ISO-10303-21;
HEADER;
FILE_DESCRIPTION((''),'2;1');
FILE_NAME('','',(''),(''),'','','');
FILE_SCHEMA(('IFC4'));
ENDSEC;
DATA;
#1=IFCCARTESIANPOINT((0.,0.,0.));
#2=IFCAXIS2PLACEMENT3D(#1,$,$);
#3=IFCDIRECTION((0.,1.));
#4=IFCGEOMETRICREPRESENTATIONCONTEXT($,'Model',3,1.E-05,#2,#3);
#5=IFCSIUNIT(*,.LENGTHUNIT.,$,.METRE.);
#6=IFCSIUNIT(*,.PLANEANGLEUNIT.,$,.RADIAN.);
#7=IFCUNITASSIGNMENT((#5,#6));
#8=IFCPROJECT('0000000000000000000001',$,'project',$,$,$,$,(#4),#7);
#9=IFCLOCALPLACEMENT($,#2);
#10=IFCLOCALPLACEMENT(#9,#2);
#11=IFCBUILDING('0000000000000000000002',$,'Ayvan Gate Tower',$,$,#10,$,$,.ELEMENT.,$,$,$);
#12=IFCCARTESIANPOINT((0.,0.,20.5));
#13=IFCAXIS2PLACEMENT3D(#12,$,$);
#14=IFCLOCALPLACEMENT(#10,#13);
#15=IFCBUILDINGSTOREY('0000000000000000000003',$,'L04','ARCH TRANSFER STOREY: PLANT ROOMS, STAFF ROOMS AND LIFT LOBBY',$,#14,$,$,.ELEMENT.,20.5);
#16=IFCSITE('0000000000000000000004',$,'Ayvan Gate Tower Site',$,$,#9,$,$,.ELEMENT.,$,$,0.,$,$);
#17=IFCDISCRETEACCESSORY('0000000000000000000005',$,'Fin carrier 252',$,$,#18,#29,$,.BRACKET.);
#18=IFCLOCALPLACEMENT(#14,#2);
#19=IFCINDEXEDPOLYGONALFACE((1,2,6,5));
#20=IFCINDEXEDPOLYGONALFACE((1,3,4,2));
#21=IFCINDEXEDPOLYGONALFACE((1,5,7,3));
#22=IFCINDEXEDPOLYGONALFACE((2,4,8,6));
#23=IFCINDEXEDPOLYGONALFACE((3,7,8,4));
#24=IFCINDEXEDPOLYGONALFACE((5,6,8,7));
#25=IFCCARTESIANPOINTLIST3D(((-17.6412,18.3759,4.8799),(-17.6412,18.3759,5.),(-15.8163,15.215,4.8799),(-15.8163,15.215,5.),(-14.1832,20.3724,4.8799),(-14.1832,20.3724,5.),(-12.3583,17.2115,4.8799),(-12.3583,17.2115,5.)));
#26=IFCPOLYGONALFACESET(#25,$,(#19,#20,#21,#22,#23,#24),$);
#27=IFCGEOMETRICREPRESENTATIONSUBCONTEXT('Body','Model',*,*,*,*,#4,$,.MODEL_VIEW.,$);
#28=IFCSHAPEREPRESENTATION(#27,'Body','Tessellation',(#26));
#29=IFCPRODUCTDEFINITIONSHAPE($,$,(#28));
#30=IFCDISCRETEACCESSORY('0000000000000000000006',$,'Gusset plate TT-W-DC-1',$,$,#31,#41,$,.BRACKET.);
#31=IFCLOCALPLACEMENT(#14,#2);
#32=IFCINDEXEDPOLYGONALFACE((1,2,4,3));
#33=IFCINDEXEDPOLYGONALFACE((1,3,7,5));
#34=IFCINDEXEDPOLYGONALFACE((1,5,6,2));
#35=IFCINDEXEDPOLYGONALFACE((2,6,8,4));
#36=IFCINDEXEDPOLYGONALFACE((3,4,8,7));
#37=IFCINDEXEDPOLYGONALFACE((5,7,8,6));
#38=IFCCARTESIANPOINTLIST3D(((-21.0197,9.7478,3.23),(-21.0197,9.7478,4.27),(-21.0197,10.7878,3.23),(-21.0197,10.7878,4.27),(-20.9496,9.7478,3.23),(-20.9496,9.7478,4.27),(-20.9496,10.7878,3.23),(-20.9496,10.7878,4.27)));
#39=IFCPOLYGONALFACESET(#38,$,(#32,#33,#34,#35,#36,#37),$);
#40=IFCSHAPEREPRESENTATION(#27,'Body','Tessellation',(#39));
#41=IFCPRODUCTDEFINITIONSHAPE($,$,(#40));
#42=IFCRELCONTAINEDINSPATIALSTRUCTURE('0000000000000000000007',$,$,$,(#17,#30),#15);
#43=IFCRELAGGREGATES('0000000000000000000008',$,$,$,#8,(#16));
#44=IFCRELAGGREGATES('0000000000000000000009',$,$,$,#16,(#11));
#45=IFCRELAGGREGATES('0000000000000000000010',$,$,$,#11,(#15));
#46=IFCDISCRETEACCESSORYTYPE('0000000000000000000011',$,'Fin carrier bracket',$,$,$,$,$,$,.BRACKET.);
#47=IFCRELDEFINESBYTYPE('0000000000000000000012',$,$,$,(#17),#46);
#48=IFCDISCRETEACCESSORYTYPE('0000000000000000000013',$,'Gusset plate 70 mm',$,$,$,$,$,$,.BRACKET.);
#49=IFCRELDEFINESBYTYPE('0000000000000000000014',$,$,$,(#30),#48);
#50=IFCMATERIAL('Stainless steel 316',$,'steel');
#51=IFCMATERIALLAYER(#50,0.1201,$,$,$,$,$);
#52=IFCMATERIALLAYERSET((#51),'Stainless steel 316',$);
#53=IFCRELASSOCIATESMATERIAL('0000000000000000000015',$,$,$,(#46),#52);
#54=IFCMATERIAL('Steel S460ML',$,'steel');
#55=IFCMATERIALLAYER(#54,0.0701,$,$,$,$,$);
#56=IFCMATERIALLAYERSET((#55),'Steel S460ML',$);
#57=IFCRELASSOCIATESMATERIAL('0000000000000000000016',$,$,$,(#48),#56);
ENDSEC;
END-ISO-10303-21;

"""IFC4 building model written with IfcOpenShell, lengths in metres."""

from ifc_helpers import new_model, si_unit, direction, frame, origin, origin_2d, place, context, subcontext, project, spatial, rectangle, extrude, material, layer, layer_set, type_object, element, save


model = new_model("IFC4")

# Units and contexts
model_context = context("Model", 3, precision=1e-05, world=origin(), true_north=direction((0.0, 1.0)))
body_context = subcontext(model_context, "Body", "Model", "MODEL_VIEW")
ifc_project = project(units=[si_unit("LENGTHUNIT", "METRE"), si_unit("PLANEANGLEUNIT", "RADIAN")], contexts=[model_context])

# Site, building, storey
site_placement = place(None, origin())
site = spatial("IfcSite", under=ifc_project, at=site_placement, Name="Ayvan Gate Tower Site", CompositionType="ELEMENT", RefElevation=0.0)
building_placement = place(site_placement, origin())
building = spatial("IfcBuilding", under=site, at=building_placement, Name="Ayvan Gate Tower", CompositionType="ELEMENT")
storey_placement = place(building_placement, frame((0.0, 0.0, 20.5)))
storey = spatial("IfcBuildingStorey", under=building, at=storey_placement, Name="L04", Description="ARCH TRANSFER STOREY: PLANT ROOMS, STAFF ROOMS AND LIFT LOBBY", CompositionType="ELEMENT", Elevation=20.5)

# Shared definitions
ifc_material_1 = material(Name="Steel S460ML", Category="steel")

# Discrete accessories
ifc_material_2 = material(Name="Stainless steel 316", Category="steel")
ifc_layer_1 = layer(ifc_material_2, 0.1201)
ifc_layer_set_1 = layer_set([ifc_layer_1], Name="Stainless steel 316")
discrete_accessory_type_1 = type_object("IfcDiscreteAccessoryType", Name="Fin carrier bracket", PredefinedType="BRACKET", material=ifc_layer_set_1)
discrete_accessory_1_placement = place(storey_placement, frame((-14.9998, 17.7937, 4.8799), z_axis=(0.0, 0.0, 1.0), x_axis=(-0.866025, -0.5, 0.0)))
element("IfcDiscreteAccessory", 1, at=discrete_accessory_1_placement, inside=storey, type_object=discrete_accessory_type_1, Name="Fin carrier 252", PredefinedType="BRACKET", context=body_context, shape_type="SweptSolid", body=[
    extrude(rectangle(XDim=3.9929, YDim=3.6499, at=origin_2d()), origin(), (0.0, 0.0, 1.0), 0.1201),
])
ifc_layer_2 = layer(ifc_material_1, 0.0701)
ifc_layer_set_2 = layer_set([ifc_layer_2], Name="Steel S460ML")
discrete_accessory_type_2 = type_object("IfcDiscreteAccessoryType", Name="Gusset plate 70 mm", PredefinedType="BRACKET", material=ifc_layer_set_2)
discrete_accessory_2_placement = place(storey_placement, frame((-20.9846, 10.2678, 3.23), z_axis=(0.0, 0.0, 1.0), x_axis=(0.0, 1.0, 0.0)))
element("IfcDiscreteAccessory", 2, at=discrete_accessory_2_placement, inside=storey, type_object=discrete_accessory_type_2, Name="Gusset plate TT-W-DC-1", PredefinedType="BRACKET", context=body_context, shape_type="SweptSolid", body=[
    extrude(rectangle(XDim=1.04, YDim=0.0701, at=origin_2d()), origin(), (0.0, 0.0, 1.0), 1.04),
])

save(model, "model.ifc")
